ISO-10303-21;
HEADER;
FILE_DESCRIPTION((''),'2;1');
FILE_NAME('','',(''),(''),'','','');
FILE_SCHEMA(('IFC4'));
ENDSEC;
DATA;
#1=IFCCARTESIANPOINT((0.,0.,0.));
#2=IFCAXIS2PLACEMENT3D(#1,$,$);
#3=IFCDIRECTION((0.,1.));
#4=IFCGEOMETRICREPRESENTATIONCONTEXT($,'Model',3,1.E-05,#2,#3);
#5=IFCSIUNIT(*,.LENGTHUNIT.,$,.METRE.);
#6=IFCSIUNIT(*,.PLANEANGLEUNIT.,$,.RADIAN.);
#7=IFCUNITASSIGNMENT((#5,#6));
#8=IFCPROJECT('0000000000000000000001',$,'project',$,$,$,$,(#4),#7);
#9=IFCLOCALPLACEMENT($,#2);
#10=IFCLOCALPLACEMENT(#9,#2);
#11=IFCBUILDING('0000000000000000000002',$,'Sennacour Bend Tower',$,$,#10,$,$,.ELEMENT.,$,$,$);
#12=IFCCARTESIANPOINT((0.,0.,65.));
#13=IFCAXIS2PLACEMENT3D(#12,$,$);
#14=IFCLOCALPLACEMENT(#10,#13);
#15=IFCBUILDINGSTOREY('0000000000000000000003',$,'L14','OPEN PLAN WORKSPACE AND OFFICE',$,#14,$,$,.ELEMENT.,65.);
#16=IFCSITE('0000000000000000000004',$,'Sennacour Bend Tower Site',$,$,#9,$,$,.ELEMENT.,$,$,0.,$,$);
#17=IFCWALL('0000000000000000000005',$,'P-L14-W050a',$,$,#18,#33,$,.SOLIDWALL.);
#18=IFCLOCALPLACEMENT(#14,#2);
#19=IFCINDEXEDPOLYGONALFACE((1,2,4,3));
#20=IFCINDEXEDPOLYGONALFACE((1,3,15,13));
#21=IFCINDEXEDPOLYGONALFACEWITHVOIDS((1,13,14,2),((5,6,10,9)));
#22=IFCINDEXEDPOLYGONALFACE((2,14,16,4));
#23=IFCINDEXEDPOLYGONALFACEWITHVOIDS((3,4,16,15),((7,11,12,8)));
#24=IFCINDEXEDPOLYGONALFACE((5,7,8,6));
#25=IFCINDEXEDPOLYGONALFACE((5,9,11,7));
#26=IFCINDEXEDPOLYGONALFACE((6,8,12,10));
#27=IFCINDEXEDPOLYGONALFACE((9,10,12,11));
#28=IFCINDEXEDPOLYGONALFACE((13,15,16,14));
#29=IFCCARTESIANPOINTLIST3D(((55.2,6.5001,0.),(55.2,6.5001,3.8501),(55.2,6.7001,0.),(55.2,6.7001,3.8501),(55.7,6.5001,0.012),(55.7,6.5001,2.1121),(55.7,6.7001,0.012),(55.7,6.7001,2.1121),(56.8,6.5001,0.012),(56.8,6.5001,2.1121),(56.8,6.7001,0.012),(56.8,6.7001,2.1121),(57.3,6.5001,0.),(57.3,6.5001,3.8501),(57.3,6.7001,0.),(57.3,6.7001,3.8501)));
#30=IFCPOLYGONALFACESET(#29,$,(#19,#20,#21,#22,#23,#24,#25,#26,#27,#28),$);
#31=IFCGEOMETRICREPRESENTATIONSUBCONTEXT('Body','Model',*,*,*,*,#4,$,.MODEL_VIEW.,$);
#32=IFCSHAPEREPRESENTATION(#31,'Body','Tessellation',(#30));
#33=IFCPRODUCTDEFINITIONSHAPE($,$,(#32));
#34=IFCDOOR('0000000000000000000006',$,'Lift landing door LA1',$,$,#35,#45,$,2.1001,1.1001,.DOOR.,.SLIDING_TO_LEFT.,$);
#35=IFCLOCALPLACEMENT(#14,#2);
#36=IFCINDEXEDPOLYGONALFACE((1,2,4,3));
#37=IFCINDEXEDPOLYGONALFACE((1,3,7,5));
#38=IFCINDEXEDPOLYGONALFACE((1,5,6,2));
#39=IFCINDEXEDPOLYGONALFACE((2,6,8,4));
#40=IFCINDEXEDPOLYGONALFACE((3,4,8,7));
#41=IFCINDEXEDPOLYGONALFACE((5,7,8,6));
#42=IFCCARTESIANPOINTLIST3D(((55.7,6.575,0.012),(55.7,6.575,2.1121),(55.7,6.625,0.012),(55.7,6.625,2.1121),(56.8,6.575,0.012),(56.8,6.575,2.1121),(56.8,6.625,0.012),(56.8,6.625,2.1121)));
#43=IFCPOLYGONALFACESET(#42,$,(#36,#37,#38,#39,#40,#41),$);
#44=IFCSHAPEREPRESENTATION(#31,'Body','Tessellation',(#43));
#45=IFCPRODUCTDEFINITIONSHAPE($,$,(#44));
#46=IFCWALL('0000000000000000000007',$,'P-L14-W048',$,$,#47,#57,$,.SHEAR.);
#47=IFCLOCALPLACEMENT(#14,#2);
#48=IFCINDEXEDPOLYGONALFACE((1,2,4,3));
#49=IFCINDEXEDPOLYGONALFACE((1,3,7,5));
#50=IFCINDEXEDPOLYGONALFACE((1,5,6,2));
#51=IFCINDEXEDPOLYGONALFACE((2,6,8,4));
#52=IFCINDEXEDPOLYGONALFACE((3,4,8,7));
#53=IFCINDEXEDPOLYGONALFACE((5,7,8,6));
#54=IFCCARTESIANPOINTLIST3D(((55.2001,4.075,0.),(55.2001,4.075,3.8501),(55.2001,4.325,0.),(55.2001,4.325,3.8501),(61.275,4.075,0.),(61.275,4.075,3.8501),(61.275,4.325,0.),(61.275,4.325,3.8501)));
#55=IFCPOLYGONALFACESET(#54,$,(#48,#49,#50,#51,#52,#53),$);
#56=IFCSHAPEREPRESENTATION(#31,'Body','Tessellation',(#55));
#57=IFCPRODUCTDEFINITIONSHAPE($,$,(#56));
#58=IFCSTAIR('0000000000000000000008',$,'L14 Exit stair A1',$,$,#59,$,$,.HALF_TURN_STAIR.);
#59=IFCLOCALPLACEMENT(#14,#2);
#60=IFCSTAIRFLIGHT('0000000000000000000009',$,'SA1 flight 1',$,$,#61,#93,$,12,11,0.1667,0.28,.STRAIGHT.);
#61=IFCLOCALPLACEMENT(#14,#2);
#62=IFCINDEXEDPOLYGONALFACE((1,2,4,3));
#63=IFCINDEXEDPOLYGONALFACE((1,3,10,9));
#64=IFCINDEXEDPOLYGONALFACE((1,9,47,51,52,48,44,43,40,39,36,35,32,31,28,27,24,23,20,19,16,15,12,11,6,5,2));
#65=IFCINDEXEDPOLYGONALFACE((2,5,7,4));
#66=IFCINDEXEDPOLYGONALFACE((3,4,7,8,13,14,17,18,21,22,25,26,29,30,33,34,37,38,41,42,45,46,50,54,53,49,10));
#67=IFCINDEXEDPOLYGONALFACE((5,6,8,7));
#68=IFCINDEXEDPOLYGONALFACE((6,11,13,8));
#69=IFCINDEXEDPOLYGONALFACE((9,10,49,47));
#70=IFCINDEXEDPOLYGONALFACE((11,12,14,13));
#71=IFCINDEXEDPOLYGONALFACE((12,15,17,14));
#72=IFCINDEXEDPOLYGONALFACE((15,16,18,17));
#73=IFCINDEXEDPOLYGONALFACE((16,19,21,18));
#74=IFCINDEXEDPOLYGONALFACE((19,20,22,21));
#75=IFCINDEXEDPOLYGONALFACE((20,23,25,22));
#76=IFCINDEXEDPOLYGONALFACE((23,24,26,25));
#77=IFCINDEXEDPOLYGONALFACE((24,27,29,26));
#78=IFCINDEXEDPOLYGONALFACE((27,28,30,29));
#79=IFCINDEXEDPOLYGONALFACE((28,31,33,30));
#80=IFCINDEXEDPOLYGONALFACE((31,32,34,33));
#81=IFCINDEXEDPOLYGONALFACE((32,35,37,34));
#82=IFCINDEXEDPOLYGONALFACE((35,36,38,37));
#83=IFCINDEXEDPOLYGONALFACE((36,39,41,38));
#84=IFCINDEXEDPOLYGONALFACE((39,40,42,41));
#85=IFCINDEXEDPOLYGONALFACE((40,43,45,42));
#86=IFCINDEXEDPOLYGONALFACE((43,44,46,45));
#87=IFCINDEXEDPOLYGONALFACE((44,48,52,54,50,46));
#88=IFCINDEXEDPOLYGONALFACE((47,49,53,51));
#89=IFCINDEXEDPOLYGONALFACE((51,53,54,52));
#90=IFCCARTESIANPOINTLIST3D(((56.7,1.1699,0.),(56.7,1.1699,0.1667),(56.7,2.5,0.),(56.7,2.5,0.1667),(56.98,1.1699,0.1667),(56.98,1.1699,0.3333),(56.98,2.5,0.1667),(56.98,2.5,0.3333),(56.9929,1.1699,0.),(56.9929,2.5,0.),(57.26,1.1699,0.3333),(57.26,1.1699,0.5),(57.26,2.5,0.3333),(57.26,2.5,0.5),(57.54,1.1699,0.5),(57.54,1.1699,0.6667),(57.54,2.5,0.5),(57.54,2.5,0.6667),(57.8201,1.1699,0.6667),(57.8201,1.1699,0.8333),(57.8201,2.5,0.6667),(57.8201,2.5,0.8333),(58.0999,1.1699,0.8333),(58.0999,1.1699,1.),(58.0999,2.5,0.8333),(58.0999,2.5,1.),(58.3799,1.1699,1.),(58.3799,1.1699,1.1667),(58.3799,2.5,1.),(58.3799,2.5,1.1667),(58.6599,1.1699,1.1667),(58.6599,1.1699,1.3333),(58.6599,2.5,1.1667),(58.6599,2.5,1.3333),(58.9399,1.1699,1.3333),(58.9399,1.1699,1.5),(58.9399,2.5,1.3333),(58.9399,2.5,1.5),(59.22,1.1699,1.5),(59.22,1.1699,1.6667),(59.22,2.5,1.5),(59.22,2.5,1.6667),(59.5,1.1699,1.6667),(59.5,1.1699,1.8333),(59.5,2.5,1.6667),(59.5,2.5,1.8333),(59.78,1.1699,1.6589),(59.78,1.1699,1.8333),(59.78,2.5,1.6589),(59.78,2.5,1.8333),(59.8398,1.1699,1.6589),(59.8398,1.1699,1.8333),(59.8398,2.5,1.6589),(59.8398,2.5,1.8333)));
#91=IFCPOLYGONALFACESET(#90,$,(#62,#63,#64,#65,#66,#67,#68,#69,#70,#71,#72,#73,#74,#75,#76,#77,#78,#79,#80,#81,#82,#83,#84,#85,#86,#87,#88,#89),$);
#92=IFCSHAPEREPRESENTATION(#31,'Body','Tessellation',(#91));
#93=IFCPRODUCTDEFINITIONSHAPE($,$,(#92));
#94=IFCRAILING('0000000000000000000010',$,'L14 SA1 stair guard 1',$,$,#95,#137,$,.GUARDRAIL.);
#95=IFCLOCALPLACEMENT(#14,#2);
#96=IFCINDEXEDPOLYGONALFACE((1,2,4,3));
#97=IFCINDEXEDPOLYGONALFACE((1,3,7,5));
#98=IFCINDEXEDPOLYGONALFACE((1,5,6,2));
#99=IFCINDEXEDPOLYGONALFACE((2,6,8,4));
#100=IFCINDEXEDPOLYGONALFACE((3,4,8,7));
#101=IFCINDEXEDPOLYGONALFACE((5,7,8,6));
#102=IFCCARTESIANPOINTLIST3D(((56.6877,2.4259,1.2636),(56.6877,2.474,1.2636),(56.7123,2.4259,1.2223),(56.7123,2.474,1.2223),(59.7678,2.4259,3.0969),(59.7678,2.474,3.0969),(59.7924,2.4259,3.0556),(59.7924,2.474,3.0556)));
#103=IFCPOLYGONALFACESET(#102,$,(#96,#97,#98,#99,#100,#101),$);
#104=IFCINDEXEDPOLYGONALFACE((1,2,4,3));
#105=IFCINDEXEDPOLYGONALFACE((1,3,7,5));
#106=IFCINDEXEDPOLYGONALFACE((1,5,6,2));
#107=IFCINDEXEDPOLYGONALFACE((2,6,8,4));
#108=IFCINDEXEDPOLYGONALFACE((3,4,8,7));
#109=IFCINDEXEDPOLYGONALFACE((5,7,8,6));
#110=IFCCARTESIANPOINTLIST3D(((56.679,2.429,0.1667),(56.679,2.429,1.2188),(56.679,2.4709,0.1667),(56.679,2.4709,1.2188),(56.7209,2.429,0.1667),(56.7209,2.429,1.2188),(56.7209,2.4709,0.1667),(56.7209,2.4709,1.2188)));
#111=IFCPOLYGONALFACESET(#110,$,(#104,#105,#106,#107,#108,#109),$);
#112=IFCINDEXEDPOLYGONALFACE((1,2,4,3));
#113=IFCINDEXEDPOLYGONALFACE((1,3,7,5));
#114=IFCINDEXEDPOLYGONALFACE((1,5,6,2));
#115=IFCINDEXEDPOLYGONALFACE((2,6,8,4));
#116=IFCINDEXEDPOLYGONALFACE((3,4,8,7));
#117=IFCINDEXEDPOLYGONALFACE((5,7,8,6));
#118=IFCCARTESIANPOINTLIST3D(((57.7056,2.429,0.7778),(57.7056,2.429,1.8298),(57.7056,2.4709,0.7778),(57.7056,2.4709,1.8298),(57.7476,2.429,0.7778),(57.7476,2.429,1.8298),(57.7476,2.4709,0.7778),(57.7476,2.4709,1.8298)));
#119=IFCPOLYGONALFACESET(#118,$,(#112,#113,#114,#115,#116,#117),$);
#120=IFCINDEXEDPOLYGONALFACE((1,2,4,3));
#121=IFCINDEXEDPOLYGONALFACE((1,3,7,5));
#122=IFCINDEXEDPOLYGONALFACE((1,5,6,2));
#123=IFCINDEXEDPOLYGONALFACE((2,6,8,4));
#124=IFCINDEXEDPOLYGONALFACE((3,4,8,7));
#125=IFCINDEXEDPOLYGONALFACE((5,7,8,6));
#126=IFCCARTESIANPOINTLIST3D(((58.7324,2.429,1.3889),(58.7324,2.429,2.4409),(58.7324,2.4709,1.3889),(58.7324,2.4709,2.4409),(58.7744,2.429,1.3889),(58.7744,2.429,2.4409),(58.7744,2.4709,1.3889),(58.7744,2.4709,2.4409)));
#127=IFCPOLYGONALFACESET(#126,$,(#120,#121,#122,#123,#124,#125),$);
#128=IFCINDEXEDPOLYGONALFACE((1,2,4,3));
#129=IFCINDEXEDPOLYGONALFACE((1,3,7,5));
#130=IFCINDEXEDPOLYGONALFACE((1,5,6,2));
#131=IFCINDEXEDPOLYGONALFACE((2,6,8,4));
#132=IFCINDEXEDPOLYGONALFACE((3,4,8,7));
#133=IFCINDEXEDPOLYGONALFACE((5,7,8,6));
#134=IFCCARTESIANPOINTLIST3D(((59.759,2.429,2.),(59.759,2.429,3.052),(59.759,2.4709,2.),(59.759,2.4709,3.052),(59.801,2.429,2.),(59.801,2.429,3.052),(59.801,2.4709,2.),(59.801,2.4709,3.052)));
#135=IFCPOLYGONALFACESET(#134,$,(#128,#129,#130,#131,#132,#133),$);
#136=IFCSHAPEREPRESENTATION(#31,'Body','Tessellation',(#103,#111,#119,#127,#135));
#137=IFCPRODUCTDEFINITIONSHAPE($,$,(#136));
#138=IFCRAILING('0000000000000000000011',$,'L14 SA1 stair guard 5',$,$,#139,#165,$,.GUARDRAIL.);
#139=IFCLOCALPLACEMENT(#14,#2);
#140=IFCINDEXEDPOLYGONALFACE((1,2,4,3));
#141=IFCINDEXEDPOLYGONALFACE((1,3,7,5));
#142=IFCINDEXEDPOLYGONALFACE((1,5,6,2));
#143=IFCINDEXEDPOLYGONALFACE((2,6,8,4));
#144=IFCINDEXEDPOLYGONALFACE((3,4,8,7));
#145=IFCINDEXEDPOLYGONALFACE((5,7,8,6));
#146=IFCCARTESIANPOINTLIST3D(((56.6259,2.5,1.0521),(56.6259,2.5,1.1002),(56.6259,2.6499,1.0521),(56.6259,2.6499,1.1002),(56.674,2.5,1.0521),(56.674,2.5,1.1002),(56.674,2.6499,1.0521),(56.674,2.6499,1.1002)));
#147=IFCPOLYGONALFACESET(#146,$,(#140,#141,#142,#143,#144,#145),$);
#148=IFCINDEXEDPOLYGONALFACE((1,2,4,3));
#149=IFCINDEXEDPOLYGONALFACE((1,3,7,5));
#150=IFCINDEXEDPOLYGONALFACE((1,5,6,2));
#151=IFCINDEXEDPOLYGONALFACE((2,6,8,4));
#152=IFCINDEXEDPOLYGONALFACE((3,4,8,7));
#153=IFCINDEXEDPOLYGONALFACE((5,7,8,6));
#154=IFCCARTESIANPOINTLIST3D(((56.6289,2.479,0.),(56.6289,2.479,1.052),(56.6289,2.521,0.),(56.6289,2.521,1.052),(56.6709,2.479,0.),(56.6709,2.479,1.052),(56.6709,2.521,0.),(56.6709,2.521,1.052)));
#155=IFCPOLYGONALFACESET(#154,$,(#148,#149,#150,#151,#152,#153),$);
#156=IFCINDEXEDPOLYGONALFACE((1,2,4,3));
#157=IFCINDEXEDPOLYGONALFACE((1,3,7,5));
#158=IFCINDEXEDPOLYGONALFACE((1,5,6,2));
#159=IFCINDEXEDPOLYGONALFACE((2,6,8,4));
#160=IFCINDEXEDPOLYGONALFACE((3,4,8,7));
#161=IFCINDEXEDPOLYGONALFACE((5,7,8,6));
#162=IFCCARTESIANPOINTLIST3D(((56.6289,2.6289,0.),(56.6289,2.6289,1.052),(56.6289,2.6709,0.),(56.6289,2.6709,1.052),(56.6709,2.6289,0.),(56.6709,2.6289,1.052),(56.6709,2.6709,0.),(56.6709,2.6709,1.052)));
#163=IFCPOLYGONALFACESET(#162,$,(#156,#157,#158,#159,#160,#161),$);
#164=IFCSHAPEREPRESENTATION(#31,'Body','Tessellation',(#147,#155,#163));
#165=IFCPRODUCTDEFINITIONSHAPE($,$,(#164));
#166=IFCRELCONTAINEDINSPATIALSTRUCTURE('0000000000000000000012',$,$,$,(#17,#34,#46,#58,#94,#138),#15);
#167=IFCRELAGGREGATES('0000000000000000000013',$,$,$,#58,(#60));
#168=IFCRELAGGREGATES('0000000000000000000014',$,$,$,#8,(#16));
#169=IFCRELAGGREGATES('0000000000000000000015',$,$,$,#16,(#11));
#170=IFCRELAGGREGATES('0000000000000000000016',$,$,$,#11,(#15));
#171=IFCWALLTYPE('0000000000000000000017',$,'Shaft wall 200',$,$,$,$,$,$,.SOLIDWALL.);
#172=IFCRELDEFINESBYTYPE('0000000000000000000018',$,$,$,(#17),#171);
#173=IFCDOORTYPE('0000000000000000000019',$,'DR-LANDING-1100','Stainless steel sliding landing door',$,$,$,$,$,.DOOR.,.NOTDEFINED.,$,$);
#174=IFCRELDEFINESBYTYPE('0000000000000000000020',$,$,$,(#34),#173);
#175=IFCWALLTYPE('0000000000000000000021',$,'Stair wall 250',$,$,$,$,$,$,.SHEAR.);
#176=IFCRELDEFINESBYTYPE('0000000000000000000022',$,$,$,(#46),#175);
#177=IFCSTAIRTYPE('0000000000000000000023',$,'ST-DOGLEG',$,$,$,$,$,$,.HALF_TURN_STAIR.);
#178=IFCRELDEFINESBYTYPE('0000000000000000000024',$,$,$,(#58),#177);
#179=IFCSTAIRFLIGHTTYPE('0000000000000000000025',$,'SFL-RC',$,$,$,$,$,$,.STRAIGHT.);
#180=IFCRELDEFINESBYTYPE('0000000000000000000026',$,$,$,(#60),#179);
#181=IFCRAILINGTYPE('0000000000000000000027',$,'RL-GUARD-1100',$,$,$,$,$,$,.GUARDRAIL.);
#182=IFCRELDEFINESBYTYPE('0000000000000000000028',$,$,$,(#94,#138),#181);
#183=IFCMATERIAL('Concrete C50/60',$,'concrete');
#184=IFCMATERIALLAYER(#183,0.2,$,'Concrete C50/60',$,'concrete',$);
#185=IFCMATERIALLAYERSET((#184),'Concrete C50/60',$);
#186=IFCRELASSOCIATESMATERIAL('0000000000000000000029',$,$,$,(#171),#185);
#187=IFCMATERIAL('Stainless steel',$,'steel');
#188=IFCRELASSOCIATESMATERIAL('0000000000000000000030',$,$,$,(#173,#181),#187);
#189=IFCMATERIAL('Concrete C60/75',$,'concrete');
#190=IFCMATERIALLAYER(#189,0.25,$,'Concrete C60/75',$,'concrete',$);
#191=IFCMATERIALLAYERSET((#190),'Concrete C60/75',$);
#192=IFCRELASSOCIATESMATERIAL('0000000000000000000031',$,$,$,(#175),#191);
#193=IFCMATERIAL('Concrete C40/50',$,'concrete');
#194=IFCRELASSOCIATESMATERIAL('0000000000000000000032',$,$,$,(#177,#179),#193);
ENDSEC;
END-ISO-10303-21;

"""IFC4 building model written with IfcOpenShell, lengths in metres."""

from ifc_helpers import new_model, si_unit, direction, frame, frame_2d, origin, origin_2d, place, context, subcontext, project, spatial, polyline, rectangle, outline, extrude, material, layer, layer_set, type_object, element, fill, aggregate, save


model = new_model("IFC4")

# Units and contexts
model_context = context("Model", 3, precision=1e-05, world=origin(), true_north=direction((0.0, 1.0)))
body_context = subcontext(model_context, "Body", "Model", "MODEL_VIEW")
ifc_project = project(units=[si_unit("LENGTHUNIT", "METRE"), si_unit("PLANEANGLEUNIT", "RADIAN")], contexts=[model_context])

# Site, building, storey
site_placement = place(None, origin())
site = spatial("IfcSite", under=ifc_project, at=site_placement, Name="Sennacour Bend Tower Site", CompositionType="ELEMENT", RefElevation=0.0)
building_placement = place(site_placement, origin())
building = spatial("IfcBuilding", under=site, at=building_placement, Name="Sennacour Bend Tower", CompositionType="ELEMENT")
storey_placement = place(building_placement, frame((0.0, 0.0, 65.0)))
storey = spatial("IfcBuildingStorey", under=building, at=storey_placement, Name="L14", Description="OPEN PLAN WORKSPACE AND OFFICE", CompositionType="ELEMENT", Elevation=65.0)

# Wall, opening, door
ifc_material_1 = material(Name="Concrete C50/60", Category="concrete")
ifc_layer_1 = layer(ifc_material_1, 0.2, Name="Concrete C50/60", Category="concrete")
ifc_layer_set_1 = layer_set([ifc_layer_1], Name="Concrete C50/60")
wall_type_1 = type_object("IfcWallType", Name="Shaft wall 200", PredefinedType="SOLIDWALL", material=ifc_layer_set_1)
wall_1_placement = place(storey_placement, frame((55.2, 6.6001, 0.0), z_axis=(0.0, 0.0, 1.0), x_axis=(1.0, 0.0, 0.0)))
wall_1 = element("IfcWall", 1, at=wall_1_placement, inside=storey, type_object=wall_type_1, Name="P-L14-W050a", PredefinedType="SOLIDWALL", context=body_context, shape_type="SweptSolid", body=[
    extrude(rectangle(XDim=2.1001, YDim=0.2, at=frame_2d((1.05, 0.0))), origin(), (0.0, 0.0, 1.0), 3.8501),
])
opening_1_placement = place(wall_1_placement, frame((0.5, 0.0, 0.012)))
opening_1 = element("IfcOpeningElement", 2, at=opening_1_placement, cuts=wall_1, PredefinedType="OPENING", context=body_context, shape_type="SweptSolid", body=[
    extrude(rectangle(XDim=1.1001, YDim=2.1001, at=frame_2d((0.55, 1.05))), frame((0.0, 0.1099, 0.0), z_axis=(0.0, -1.0, 0.0), x_axis=(1.0, 0.0, 0.0)), (0.0, 0.0, 1.0), 0.22),
])
ifc_material_2 = material(Name="Stainless steel", Category="steel")
door_type_1 = type_object("IfcDoorType", Name="DR-LANDING-1100", Description="Stainless steel sliding landing door", OperationType="NOTDEFINED", PredefinedType="DOOR", material=ifc_material_2)
door_1_placement = place(opening_1_placement, origin())
door_1 = element("IfcDoor", 3, at=door_1_placement, inside=storey, type_object=door_type_1, Name="Lift landing door LA1", OperationType="SLIDING_TO_LEFT", OverallHeight=2.1001, OverallWidth=1.1001, PredefinedType="DOOR", context=body_context, shape_type="SweptSolid", body=[
    extrude(rectangle(XDim=1.1001, YDim=2.1001, at=frame_2d((0.55, 1.05))), frame((0.0, 0.0249, 0.0), z_axis=(0.0, -1.0, 0.0), x_axis=(1.0, 0.0, 0.0)), (0.0, 0.0, 1.0), 0.05),
])
fill(opening_1, door_1)

# Wall
ifc_material_3 = material(Name="Concrete C60/75", Category="concrete")
ifc_layer_2 = layer(ifc_material_3, 0.25, Name="Concrete C60/75", Category="concrete")
ifc_layer_set_2 = layer_set([ifc_layer_2], Name="Concrete C60/75")
wall_type_2 = type_object("IfcWallType", Name="Stair wall 250", PredefinedType="SHEAR", material=ifc_layer_set_2)
wall_2_placement = place(storey_placement, frame((55.2, 4.2, 0.0), z_axis=(0.0, 0.0, 1.0), x_axis=(1.0, 0.0, 0.0)))
element("IfcWall", 4, at=wall_2_placement, inside=storey, type_object=wall_type_2, Name="P-L14-W048", PredefinedType="SHEAR", context=body_context, shape_type="SweptSolid", body=[
    extrude(rectangle(XDim=6.075, YDim=0.25, at=frame_2d((3.0376, 0.0))), origin(), (0.0, 0.0, 1.0), 3.8501),
])

# Stair, stair flight
ifc_material_4 = material(Name="Concrete C40/50", Category="concrete")
stair_type = type_object("IfcStairType", Name="ST-DOGLEG", PredefinedType="HALF_TURN_STAIR", material=ifc_material_4)
stair_placement = place(storey_placement, origin())
stair = element("IfcStair", 5, at=stair_placement, inside=storey, type_object=stair_type, Name="L14 Exit stair A1", PredefinedType="HALF_TURN_STAIR")
stair_flight_type = type_object("IfcStairFlightType", Name="SFL-RC", PredefinedType="STRAIGHT", material=ifc_material_4)
stair_flight_placement = place(storey_placement, frame((56.7, 1.835, 0.0), z_axis=(0.0, 0.0, 1.0), x_axis=(1.0, 0.0, 0.0)))
stair_flight = element("IfcStairFlight", 6, at=stair_flight_placement, type_object=stair_flight_type, Name="SA1 flight 1", NumberOfRisers=12, NumberOfTreads=11, PredefinedType="STRAIGHT", RiserHeight=0.1667, TreadLength=0.28, context=body_context, shape_type="SweptSolid", body=[
    extrude(outline(polyline([(0.0, 0.0), (0.0, 0.1667), (0.28, 0.1667), (0.28, 0.3333), (0.5601, 0.3333), (0.5601, 0.5), (0.8401, 0.5), (0.8401, 0.6667), (1.1201, 0.6667), (1.1201, 0.8333), (1.3999, 0.8333), (1.3999, 1.0), (1.6799, 1.0), (1.6799, 1.1667), (1.96, 1.1667), (1.96, 1.3333), (2.24, 1.3333), (2.24, 1.5), (2.52, 1.5), (2.52, 1.6667), (2.8, 1.6667), (2.8, 1.8333), (3.0801, 1.8333), (3.1399, 1.8333), (3.1399, 1.6589), (3.0801, 1.6589), (0.293, 0.0), (0.0, 0.0)])), frame((0.0, 0.665, 0.0), z_axis=(0.0, -1.0, 0.0), x_axis=(1.0, 0.0, 0.0)), (0.0, 0.0, 1.0), 1.3301),
])
aggregate(stair, [stair_flight])

# Railings
railing_type = type_object("IfcRailingType", Name="RL-GUARD-1100", PredefinedType="GUARDRAIL", material=ifc_material_2)
railing_1_placement = place(storey_placement, frame((56.7, 2.45, 0.1667)))
element("IfcRailing", 7, at=railing_1_placement, inside=storey, type_object=railing_type, Name="L14 SA1 stair guard 1", PredefinedType="GUARDRAIL", context=body_context, shape_type="SweptSolid", body=[
    extrude(rectangle(XDim=0.0481, YDim=0.0481, at=origin_2d()), frame((0.0, 0.0, 1.0762), z_axis=(0.859309, 0.0, 0.511458), x_axis=(0.0, 1.0, 0.0)), (0.0, 0.0, 1.0), 3.5845),
    extrude(rectangle(XDim=0.042, YDim=0.042, at=origin_2d()), origin(), (0.0, 0.0, 1.0), 1.052),
    extrude(rectangle(XDim=0.042, YDim=0.042, at=origin_2d()), frame((1.0266, 0.0, 0.6111)), (0.0, 0.0, 1.0), 1.052),
    extrude(rectangle(XDim=0.042, YDim=0.042, at=origin_2d()), frame((2.0535, 0.0, 1.2222)), (0.0, 0.0, 1.0), 1.052),
    extrude(rectangle(XDim=0.042, YDim=0.042, at=origin_2d()), frame((3.0801, 0.0, 1.8333)), (0.0, 0.0, 1.0), 1.052),
])
railing_2_placement = place(storey_placement, frame((56.6499, 2.5, 0.0)))
element("IfcRailing", 8, at=railing_2_placement, inside=storey, type_object=railing_type, Name="L14 SA1 stair guard 5", PredefinedType="GUARDRAIL", context=body_context, shape_type="SweptSolid", body=[
    extrude(rectangle(XDim=0.0481, YDim=0.0481, at=origin_2d()), frame((0.0, 0.0, 1.0762), z_axis=(0.0, 1.0, 0.0), x_axis=(-1.0, 0.0, 0.0)), (0.0, 0.0, 1.0), 0.1499),
    extrude(rectangle(XDim=0.042, YDim=0.042, at=origin_2d()), origin(), (0.0, 0.0, 1.0), 1.052),
    extrude(rectangle(XDim=0.042, YDim=0.042, at=origin_2d()), frame((0.0, 0.1499, 0.0)), (0.0, 0.0, 1.0), 1.052),
])

save(model, "model.ifc")
